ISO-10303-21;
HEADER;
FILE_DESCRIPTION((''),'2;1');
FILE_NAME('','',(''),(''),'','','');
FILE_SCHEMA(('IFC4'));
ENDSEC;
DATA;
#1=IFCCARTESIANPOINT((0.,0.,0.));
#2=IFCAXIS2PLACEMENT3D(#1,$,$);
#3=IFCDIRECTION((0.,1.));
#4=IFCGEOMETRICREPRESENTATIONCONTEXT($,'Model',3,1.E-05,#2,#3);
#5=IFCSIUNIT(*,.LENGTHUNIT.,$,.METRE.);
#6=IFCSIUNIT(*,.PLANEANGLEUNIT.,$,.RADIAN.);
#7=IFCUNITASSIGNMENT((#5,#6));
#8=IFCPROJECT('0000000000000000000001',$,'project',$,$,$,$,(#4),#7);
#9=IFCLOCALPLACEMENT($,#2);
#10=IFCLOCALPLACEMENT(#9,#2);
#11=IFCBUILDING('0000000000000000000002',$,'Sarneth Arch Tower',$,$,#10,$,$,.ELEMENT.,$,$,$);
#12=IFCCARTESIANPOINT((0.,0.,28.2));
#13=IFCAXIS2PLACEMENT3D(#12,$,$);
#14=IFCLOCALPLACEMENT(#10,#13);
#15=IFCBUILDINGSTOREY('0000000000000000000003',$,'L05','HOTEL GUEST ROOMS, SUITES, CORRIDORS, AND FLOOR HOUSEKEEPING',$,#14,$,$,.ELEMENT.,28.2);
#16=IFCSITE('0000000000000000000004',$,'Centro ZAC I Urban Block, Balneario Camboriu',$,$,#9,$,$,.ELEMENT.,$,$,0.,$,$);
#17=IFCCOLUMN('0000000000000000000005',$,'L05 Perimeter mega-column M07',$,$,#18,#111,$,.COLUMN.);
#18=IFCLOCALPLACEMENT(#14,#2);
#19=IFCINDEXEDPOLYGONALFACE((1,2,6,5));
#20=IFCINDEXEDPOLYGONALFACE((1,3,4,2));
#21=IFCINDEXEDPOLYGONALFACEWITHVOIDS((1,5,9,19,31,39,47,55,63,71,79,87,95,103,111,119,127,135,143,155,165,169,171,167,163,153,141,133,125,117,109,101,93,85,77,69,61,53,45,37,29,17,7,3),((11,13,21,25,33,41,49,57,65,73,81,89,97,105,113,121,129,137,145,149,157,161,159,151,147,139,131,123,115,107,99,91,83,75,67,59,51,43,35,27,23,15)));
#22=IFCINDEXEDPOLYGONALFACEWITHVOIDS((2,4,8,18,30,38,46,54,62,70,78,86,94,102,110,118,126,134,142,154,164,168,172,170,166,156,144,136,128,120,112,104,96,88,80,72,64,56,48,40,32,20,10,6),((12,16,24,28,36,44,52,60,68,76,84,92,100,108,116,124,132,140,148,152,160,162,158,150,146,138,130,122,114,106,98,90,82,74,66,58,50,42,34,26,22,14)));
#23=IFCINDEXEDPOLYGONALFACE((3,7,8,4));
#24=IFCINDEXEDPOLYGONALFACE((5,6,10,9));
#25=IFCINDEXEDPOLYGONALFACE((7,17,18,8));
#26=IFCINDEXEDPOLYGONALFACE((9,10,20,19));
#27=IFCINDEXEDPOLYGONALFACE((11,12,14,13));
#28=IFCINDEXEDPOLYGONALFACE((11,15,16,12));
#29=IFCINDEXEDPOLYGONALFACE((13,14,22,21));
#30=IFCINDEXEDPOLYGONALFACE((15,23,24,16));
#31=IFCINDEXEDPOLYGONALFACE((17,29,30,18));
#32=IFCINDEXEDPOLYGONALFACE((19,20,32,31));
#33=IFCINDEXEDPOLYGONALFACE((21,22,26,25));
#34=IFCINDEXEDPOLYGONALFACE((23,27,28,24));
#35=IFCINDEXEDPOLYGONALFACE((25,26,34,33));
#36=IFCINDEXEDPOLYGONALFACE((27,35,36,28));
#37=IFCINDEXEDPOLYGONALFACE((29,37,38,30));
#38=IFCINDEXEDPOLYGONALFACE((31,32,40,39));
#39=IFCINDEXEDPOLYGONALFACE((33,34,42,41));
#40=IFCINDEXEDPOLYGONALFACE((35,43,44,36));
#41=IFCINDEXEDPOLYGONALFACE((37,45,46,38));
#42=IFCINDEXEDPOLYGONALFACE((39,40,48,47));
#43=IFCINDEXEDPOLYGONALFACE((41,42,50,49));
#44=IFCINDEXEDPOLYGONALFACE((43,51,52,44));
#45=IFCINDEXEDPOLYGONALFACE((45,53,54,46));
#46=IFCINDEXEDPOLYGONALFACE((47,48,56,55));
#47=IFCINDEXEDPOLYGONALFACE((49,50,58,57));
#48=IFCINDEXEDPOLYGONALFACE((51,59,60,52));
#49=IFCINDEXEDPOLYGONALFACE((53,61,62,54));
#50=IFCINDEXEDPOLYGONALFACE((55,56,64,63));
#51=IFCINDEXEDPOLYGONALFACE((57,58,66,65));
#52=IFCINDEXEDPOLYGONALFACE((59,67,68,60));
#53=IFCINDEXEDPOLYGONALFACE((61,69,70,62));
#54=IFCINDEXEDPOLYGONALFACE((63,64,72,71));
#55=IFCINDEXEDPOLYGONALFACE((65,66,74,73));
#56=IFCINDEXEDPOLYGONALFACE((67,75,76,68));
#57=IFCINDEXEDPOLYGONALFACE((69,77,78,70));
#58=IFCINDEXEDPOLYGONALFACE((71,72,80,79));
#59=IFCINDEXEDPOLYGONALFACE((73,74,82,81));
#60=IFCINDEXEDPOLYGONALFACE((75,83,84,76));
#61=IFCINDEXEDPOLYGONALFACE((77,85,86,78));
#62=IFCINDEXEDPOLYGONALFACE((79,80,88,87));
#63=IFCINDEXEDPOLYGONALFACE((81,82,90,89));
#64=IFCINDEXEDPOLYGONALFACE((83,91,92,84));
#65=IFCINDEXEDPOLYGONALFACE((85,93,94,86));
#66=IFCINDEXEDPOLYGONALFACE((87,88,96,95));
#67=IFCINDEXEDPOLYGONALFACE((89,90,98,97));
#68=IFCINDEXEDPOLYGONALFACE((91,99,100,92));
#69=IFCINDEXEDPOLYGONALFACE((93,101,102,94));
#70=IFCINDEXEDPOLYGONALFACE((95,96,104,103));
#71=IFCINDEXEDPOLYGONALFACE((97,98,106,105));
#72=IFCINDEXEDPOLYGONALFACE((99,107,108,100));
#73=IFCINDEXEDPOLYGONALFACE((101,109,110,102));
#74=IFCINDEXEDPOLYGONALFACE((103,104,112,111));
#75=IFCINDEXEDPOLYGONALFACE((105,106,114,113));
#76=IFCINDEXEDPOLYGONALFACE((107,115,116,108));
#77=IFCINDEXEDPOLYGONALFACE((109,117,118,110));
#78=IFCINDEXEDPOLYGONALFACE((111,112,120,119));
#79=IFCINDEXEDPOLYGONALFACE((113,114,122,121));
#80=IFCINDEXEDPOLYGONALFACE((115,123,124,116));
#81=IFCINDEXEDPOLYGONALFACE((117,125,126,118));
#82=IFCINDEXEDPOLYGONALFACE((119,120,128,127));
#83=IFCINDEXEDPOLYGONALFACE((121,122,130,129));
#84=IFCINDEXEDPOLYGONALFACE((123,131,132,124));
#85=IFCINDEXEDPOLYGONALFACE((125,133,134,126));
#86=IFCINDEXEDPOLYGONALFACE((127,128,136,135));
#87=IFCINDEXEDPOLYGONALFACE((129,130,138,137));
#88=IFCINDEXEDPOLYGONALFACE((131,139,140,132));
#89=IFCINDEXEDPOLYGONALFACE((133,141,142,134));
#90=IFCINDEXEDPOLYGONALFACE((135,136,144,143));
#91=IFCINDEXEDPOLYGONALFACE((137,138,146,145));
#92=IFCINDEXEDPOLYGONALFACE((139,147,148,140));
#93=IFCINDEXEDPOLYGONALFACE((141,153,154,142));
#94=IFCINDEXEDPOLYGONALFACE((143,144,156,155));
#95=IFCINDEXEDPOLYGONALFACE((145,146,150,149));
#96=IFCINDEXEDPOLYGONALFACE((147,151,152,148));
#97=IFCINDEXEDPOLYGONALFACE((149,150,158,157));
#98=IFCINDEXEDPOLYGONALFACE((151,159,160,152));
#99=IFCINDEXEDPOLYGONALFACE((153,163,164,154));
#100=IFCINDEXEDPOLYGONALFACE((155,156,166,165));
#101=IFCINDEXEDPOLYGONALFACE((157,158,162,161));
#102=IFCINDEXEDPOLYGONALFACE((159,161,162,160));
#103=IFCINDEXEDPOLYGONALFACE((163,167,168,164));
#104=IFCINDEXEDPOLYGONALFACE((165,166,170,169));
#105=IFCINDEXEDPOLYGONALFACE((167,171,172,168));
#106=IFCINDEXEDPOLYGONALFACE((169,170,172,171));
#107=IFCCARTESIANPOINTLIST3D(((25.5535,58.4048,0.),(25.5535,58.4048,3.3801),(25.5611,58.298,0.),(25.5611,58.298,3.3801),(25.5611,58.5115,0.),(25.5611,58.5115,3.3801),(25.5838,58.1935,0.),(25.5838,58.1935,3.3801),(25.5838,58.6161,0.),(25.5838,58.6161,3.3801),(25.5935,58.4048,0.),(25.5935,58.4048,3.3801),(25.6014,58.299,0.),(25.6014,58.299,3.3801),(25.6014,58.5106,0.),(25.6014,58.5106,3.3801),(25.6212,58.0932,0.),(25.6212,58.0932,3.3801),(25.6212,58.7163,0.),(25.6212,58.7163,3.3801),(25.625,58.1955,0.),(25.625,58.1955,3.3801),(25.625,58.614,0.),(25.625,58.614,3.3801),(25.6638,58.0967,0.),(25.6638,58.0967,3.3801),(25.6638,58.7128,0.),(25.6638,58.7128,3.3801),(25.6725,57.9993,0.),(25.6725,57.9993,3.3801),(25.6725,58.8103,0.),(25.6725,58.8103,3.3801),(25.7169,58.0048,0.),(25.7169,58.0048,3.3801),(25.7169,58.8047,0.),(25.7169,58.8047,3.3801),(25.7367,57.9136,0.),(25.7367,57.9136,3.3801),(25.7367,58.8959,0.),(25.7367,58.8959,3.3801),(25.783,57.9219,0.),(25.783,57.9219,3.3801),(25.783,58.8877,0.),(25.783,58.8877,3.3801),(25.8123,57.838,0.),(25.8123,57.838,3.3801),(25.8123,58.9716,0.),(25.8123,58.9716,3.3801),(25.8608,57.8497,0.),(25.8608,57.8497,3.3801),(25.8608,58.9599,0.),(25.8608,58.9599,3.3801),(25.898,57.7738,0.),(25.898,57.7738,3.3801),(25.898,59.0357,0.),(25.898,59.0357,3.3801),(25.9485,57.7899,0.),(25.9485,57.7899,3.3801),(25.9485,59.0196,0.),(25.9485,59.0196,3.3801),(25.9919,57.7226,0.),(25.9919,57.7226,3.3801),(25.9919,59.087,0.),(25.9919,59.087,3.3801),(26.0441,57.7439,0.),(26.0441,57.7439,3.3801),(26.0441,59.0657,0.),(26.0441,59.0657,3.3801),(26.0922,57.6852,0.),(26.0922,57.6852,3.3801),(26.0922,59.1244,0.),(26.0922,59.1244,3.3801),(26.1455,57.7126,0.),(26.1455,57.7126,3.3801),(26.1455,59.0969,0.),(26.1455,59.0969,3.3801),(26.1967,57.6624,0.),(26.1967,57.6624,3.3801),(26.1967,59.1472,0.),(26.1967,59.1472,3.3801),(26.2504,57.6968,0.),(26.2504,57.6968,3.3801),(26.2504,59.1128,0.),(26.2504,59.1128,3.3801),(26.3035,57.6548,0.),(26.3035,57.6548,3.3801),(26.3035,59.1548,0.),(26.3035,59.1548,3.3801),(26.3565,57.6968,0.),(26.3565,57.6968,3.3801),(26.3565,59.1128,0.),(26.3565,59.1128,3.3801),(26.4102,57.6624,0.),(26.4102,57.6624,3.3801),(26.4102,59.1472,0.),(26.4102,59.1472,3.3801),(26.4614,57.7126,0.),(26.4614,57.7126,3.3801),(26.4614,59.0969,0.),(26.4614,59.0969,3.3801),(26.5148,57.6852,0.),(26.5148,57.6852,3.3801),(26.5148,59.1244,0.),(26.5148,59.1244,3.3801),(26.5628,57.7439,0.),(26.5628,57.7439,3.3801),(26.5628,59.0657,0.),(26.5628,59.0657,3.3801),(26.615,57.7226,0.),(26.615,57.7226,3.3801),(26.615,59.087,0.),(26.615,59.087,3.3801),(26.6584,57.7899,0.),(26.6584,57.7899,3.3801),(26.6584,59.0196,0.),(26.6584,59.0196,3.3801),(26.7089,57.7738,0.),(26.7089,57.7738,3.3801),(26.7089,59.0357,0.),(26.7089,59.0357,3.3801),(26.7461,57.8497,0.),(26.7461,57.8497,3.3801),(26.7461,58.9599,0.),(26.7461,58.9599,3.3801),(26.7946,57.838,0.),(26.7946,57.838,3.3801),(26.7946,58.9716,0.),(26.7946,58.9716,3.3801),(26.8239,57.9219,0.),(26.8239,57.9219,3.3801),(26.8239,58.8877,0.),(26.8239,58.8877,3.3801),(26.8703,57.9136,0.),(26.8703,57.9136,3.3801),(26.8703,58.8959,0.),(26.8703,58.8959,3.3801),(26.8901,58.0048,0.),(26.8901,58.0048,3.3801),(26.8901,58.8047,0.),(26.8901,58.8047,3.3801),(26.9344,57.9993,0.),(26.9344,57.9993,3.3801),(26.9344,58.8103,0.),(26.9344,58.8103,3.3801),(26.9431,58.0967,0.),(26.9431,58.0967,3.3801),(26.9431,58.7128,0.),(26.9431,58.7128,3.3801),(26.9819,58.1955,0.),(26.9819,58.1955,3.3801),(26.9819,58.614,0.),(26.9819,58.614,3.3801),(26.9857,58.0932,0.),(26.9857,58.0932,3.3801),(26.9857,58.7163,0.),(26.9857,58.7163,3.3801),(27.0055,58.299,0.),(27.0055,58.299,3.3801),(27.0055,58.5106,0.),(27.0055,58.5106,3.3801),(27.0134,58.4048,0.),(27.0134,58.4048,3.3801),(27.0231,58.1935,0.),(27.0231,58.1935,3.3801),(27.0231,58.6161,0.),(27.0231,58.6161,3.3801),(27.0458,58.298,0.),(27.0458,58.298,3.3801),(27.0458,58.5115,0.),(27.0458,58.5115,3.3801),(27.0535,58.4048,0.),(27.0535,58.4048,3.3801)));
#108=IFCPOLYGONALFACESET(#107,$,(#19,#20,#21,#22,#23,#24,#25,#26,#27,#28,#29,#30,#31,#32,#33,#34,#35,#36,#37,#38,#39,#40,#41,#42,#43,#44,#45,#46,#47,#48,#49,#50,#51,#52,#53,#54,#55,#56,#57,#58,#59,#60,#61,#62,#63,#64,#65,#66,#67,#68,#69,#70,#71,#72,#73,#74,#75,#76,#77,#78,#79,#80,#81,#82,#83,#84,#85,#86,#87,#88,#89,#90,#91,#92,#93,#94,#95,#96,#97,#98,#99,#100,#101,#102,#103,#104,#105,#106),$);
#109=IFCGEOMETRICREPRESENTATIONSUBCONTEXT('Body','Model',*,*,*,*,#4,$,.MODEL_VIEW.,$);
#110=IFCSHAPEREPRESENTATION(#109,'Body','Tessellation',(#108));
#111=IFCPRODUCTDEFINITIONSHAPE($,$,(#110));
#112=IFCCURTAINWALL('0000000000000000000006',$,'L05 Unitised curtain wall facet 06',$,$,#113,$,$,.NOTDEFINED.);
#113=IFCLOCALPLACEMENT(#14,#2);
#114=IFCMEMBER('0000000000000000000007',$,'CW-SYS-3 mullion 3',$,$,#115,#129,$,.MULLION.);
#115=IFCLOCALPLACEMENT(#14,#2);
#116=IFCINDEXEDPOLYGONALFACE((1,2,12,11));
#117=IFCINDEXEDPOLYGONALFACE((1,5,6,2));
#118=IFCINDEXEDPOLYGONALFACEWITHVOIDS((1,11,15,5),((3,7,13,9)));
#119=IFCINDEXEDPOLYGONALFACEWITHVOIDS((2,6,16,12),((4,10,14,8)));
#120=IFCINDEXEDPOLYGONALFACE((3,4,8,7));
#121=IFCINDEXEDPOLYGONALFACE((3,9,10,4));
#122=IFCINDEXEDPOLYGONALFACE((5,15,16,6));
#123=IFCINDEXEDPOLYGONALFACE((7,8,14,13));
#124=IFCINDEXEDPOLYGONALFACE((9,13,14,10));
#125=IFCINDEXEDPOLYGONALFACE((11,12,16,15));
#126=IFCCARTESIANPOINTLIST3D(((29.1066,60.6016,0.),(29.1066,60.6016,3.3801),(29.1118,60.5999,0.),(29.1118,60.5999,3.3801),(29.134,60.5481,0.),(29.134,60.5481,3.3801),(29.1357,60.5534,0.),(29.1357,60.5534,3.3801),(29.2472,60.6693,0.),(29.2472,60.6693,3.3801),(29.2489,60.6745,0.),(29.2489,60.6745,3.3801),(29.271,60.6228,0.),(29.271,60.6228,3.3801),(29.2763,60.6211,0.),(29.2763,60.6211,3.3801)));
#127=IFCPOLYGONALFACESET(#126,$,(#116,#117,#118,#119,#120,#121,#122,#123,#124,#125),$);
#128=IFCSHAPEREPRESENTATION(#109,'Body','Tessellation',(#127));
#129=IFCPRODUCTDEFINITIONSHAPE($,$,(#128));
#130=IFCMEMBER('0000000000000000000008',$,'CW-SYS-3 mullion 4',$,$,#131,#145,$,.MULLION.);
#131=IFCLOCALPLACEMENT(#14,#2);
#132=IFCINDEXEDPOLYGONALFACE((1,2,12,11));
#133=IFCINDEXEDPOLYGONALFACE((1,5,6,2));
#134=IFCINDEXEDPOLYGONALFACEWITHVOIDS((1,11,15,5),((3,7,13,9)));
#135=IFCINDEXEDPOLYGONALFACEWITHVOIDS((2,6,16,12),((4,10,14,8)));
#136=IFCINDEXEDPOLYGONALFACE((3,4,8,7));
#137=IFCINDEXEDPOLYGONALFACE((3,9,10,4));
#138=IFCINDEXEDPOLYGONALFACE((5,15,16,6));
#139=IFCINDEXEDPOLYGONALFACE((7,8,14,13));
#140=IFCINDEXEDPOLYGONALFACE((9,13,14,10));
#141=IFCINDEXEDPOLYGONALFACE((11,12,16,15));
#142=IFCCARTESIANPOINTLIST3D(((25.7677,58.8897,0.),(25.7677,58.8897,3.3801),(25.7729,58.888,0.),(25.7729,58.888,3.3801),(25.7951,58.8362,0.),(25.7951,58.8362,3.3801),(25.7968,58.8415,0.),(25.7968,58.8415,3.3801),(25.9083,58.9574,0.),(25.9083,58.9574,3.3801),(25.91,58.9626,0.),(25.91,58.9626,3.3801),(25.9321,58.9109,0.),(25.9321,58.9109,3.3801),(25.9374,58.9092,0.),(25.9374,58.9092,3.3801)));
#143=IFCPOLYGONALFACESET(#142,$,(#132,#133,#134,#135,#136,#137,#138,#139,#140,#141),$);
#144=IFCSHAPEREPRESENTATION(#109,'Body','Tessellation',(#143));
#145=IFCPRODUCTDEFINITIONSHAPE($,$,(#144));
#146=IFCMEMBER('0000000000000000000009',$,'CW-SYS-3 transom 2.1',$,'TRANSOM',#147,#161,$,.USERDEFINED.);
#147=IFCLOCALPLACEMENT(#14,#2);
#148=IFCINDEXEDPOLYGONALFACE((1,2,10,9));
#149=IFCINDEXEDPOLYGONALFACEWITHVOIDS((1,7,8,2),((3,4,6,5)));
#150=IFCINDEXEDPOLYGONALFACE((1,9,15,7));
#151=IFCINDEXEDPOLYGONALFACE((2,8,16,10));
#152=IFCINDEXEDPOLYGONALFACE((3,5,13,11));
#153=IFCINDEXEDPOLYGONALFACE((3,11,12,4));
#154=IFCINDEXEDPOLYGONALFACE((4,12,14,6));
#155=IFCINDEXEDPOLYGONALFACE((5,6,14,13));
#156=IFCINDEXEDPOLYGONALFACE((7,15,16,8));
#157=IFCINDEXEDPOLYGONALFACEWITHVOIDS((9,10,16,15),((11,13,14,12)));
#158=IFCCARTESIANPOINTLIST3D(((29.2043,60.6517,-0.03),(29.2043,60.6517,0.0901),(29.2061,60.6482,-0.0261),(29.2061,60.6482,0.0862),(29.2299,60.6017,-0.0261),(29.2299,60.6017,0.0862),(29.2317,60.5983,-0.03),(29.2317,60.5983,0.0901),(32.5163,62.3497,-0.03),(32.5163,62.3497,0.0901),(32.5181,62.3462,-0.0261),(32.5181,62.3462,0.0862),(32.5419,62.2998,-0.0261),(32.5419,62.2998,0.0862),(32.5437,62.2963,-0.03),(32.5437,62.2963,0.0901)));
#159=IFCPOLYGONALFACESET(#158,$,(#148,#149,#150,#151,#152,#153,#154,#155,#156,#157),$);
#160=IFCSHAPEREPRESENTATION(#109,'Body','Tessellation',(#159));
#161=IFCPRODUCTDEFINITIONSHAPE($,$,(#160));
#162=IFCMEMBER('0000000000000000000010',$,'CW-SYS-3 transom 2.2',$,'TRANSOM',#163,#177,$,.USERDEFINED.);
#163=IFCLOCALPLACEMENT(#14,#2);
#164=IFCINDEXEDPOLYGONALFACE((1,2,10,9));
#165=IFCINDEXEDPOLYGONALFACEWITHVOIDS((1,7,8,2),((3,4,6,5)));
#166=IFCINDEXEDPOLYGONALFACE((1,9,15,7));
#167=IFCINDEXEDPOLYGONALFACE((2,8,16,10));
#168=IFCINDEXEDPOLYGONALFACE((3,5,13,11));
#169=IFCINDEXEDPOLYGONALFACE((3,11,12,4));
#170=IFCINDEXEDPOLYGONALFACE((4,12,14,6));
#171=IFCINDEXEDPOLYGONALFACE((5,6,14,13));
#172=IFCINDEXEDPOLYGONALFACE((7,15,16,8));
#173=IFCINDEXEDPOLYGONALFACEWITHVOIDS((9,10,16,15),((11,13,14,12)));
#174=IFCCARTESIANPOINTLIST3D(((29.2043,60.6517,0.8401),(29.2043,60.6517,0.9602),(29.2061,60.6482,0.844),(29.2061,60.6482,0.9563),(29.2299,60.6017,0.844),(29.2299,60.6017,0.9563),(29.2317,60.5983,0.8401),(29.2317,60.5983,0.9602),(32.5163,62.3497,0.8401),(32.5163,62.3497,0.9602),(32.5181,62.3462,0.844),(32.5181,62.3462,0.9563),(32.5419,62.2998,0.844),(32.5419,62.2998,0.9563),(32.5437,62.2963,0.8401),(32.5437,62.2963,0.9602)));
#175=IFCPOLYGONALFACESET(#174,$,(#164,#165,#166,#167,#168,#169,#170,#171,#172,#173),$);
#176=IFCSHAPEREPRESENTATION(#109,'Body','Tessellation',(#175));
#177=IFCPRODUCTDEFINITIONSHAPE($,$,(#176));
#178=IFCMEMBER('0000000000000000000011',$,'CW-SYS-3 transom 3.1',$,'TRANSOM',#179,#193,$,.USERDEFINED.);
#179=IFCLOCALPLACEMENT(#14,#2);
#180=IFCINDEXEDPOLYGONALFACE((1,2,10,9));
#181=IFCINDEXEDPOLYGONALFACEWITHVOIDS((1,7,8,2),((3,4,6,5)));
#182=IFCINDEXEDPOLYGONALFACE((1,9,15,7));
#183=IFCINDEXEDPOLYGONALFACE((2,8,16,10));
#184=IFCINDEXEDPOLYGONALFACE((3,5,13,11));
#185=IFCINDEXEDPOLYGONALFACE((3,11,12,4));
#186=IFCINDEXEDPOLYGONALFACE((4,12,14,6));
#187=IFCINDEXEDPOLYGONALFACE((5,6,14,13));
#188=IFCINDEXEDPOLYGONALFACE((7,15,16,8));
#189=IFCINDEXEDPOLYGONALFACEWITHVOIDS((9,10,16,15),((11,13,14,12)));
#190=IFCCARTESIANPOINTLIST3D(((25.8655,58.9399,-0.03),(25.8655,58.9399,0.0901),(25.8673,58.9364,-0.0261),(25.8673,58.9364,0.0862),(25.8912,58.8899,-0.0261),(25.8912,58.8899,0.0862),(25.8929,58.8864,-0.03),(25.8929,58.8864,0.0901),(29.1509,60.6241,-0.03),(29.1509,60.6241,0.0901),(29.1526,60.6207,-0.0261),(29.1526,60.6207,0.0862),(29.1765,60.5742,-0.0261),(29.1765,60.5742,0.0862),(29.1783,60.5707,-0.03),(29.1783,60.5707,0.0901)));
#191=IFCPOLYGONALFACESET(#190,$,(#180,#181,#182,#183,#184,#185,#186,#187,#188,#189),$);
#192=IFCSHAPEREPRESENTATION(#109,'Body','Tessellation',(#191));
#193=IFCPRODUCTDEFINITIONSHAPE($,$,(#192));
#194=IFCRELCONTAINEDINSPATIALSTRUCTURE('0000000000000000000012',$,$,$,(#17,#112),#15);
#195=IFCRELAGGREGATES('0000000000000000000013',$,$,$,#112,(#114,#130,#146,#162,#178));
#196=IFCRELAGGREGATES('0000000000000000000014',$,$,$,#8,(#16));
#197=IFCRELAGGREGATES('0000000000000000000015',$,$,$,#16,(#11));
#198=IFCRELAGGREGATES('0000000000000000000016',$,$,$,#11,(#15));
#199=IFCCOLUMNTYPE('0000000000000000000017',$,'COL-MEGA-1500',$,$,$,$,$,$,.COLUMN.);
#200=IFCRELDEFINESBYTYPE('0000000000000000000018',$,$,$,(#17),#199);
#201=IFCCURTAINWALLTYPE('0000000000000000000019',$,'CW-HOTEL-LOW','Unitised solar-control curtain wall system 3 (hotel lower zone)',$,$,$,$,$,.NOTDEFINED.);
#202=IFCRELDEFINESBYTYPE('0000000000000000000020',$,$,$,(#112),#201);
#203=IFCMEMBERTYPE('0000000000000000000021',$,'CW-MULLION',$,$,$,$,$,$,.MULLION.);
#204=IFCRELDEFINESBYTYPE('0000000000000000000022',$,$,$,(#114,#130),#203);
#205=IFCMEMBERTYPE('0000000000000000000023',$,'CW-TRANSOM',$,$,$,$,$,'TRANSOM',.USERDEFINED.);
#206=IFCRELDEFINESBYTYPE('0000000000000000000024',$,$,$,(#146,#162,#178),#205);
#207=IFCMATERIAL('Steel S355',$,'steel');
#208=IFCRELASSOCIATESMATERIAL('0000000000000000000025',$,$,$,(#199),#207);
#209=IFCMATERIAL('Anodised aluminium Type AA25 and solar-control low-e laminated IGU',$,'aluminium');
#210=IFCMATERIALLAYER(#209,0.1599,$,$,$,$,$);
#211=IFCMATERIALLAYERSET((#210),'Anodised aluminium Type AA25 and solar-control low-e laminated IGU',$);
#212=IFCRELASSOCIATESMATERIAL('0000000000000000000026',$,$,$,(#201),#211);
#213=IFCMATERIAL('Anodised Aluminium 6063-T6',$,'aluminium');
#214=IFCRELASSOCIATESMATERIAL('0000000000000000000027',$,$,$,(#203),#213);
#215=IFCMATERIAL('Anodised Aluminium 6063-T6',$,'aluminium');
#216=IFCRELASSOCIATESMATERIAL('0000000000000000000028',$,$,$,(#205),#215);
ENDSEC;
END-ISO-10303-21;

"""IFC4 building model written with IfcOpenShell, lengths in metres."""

from ifc_helpers import new_model, si_unit, direction, frame, origin, origin_2d, place, context, subcontext, project, spatial, hollow_rectangle, hollow_circle, extrude, material, layer, layer_set, material_profile, profile_set, type_object, element, aggregate, save


model = new_model("IFC4")

# Units and contexts
model_context = context("Model", 3, precision=1e-05, world=origin(), true_north=direction((0.0, 1.0)))
body_context = subcontext(model_context, "Body", "Model", "MODEL_VIEW")
ifc_project = project(units=[si_unit("LENGTHUNIT", "METRE"), si_unit("PLANEANGLEUNIT", "RADIAN")], contexts=[model_context])

# Site, building, storey
site_placement = place(None, origin())
site = spatial("IfcSite", under=ifc_project, at=site_placement, Name="Centro ZAC I Urban Block, Balneario Camboriu", CompositionType="ELEMENT", RefElevation=0.0)
building_placement = place(site_placement, origin())
building = spatial("IfcBuilding", under=site, at=building_placement, Name="Sarneth Arch Tower", CompositionType="ELEMENT")
storey_placement = place(building_placement, frame((0.0, 0.0, 28.2)))
storey = spatial("IfcBuildingStorey", under=building, at=storey_placement, Name="L05", Description="HOTEL GUEST ROOMS, SUITES, CORRIDORS, AND FLOOR HOUSEKEEPING", CompositionType="ELEMENT", Elevation=28.2)

# Column
ifc_material_1 = material(Name="Steel S355", Category="steel")
ifc_material_profile_1 = material_profile(ifc_material_1, hollow_circle(Radius=0.75, WallThickness=0.04, at=origin_2d()), Name="CHS1500x40")
ifc_profile_set_1 = profile_set([ifc_material_profile_1], Name="Steel S355")
column_type = type_object("IfcColumnType", Name="COL-MEGA-1500", PredefinedType="COLUMN", material=ifc_profile_set_1)
column_placement = place(storey_placement, frame((26.3035, 58.4048, 0.0), z_axis=(0.0, 0.0, 1.0), x_axis=(1.0, 0.0, 0.0)))
element("IfcColumn", 1, at=column_placement, inside=storey, type_object=column_type, Name="L05 Perimeter mega-column M07", PredefinedType="COLUMN", context=body_context, shape_type="SweptSolid", body=[
    extrude(hollow_circle(Radius=0.75, WallThickness=0.04, at=origin_2d()), origin(), (0.0, 0.0, 1.0), 3.3801),
])

# Curtain wall, members
ifc_material_2 = material(Name="Anodised aluminium Type AA25 and solar-control low-e laminated IGU", Category="aluminium")
ifc_layer_1 = layer(ifc_material_2, 0.1599)
ifc_layer_set_1 = layer_set([ifc_layer_1], Name="Anodised aluminium Type AA25 and solar-control low-e laminated IGU")
curtain_wall_type = type_object("IfcCurtainWallType", Name="CW-HOTEL-LOW", Description="Unitised solar-control curtain wall system 3 (hotel lower zone)", PredefinedType="NOTDEFINED", material=ifc_layer_set_1)
curtain_wall_placement = place(storey_placement, origin())
curtain_wall = element("IfcCurtainWall", 2, at=curtain_wall_placement, inside=storey, type_object=curtain_wall_type, Name="L05 Unitised curtain wall facet 06", PredefinedType="NOTDEFINED")
ifc_material_3 = material(Name="Anodised Aluminium 6063-T6", Category="aluminium")
ifc_material_profile_2 = material_profile(ifc_material_3, hollow_rectangle(XDim=0.0601, YDim=0.1599, WallThickness=0.0039, at=origin_2d()), Name="AL-MULL-160x60x4")
ifc_profile_set_2 = profile_set([ifc_material_profile_2], Name="Anodised Aluminium 6063-T6")
member_type_1 = type_object("IfcMemberType", Name="CW-MULLION", PredefinedType="MULLION", material=ifc_profile_set_2)
member_1_placement = place(storey_placement, frame((29.1914, 60.6113, 0.0), z_axis=(0.0, 0.0, 1.0), x_axis=(0.456245, -0.889854, 0.0)))
member_1 = element("IfcMember", 3, at=member_1_placement, type_object=member_type_1, Name="CW-SYS-3 mullion 3", PredefinedType="MULLION", context=body_context, shape_type="SweptSolid", body=[
    extrude(hollow_rectangle(XDim=0.0601, YDim=0.1599, WallThickness=0.0039, at=origin_2d()), origin(), (0.0, 0.0, 1.0), 3.3801),
])
member_2_placement = place(storey_placement, frame((25.8525, 58.8994, 0.0), z_axis=(0.0, 0.0, 1.0), x_axis=(0.456245, -0.889854, 0.0)))
member_2 = element("IfcMember", 4, at=member_2_placement, type_object=member_type_1, Name="CW-SYS-3 mullion 4", PredefinedType="MULLION", context=body_context, shape_type="SweptSolid", body=[
    extrude(hollow_rectangle(XDim=0.0601, YDim=0.1599, WallThickness=0.0039, at=origin_2d()), origin(), (0.0, 0.0, 1.0), 3.3801),
])
ifc_material_4 = material(Name="Anodised Aluminium 6063-T6", Category="aluminium")
ifc_material_profile_3 = material_profile(ifc_material_4, hollow_rectangle(XDim=0.0601, YDim=0.1201, WallThickness=0.0039, at=origin_2d()), Name="AL-TRAN-120x60x4")
ifc_profile_set_3 = profile_set([ifc_material_profile_3], Name="Anodised Aluminium 6063-T6")
member_type_2 = type_object("IfcMemberType", Name="CW-TRANSOM", ElementType="TRANSOM", PredefinedType="USERDEFINED", material=ifc_profile_set_3)
member_3_placement = place(storey_placement, frame((32.53, 62.323, 0.03), z_axis=(-0.889869, -0.456217, 0.0), x_axis=(0.456217, -0.889869, 0.0)))
member_3 = element("IfcMember", 5, at=member_3_placement, type_object=member_type_2, Name="CW-SYS-3 transom 2.1", ObjectType="TRANSOM", PredefinedType="USERDEFINED", context=body_context, shape_type="SweptSolid", body=[
    extrude(hollow_rectangle(XDim=0.0601, YDim=0.1201, WallThickness=0.0039, at=origin_2d()), origin(), (0.0, 0.0, 1.0), 3.7219),
])
member_4_placement = place(storey_placement, frame((32.53, 62.323, 0.9001), z_axis=(-0.889869, -0.456217, 0.0), x_axis=(0.456217, -0.889869, 0.0)))
member_4 = element("IfcMember", 6, at=member_4_placement, type_object=member_type_2, Name="CW-SYS-3 transom 2.2", ObjectType="TRANSOM", PredefinedType="USERDEFINED", context=body_context, shape_type="SweptSolid", body=[
    extrude(hollow_rectangle(XDim=0.0601, YDim=0.1201, WallThickness=0.0039, at=origin_2d()), origin(), (0.0, 0.0, 1.0), 3.7219),
])
member_5_placement = place(storey_placement, frame((29.1646, 60.5974, 0.03), z_axis=(-0.889872, -0.456211, 0.0), x_axis=(0.456211, -0.889872, 0.0)))
member_5 = element("IfcMember", 7, at=member_5_placement, type_object=member_type_2, Name="CW-SYS-3 transom 3.1", ObjectType="TRANSOM", PredefinedType="USERDEFINED", context=body_context, shape_type="SweptSolid", body=[
    extrude(hollow_rectangle(XDim=0.0601, YDim=0.1201, WallThickness=0.0039, at=origin_2d()), origin(), (0.0, 0.0, 1.0), 3.6919),
])

aggregate(curtain_wall, [member_1, member_2, member_3, member_4, member_5])

save(model, "model.ifc")
